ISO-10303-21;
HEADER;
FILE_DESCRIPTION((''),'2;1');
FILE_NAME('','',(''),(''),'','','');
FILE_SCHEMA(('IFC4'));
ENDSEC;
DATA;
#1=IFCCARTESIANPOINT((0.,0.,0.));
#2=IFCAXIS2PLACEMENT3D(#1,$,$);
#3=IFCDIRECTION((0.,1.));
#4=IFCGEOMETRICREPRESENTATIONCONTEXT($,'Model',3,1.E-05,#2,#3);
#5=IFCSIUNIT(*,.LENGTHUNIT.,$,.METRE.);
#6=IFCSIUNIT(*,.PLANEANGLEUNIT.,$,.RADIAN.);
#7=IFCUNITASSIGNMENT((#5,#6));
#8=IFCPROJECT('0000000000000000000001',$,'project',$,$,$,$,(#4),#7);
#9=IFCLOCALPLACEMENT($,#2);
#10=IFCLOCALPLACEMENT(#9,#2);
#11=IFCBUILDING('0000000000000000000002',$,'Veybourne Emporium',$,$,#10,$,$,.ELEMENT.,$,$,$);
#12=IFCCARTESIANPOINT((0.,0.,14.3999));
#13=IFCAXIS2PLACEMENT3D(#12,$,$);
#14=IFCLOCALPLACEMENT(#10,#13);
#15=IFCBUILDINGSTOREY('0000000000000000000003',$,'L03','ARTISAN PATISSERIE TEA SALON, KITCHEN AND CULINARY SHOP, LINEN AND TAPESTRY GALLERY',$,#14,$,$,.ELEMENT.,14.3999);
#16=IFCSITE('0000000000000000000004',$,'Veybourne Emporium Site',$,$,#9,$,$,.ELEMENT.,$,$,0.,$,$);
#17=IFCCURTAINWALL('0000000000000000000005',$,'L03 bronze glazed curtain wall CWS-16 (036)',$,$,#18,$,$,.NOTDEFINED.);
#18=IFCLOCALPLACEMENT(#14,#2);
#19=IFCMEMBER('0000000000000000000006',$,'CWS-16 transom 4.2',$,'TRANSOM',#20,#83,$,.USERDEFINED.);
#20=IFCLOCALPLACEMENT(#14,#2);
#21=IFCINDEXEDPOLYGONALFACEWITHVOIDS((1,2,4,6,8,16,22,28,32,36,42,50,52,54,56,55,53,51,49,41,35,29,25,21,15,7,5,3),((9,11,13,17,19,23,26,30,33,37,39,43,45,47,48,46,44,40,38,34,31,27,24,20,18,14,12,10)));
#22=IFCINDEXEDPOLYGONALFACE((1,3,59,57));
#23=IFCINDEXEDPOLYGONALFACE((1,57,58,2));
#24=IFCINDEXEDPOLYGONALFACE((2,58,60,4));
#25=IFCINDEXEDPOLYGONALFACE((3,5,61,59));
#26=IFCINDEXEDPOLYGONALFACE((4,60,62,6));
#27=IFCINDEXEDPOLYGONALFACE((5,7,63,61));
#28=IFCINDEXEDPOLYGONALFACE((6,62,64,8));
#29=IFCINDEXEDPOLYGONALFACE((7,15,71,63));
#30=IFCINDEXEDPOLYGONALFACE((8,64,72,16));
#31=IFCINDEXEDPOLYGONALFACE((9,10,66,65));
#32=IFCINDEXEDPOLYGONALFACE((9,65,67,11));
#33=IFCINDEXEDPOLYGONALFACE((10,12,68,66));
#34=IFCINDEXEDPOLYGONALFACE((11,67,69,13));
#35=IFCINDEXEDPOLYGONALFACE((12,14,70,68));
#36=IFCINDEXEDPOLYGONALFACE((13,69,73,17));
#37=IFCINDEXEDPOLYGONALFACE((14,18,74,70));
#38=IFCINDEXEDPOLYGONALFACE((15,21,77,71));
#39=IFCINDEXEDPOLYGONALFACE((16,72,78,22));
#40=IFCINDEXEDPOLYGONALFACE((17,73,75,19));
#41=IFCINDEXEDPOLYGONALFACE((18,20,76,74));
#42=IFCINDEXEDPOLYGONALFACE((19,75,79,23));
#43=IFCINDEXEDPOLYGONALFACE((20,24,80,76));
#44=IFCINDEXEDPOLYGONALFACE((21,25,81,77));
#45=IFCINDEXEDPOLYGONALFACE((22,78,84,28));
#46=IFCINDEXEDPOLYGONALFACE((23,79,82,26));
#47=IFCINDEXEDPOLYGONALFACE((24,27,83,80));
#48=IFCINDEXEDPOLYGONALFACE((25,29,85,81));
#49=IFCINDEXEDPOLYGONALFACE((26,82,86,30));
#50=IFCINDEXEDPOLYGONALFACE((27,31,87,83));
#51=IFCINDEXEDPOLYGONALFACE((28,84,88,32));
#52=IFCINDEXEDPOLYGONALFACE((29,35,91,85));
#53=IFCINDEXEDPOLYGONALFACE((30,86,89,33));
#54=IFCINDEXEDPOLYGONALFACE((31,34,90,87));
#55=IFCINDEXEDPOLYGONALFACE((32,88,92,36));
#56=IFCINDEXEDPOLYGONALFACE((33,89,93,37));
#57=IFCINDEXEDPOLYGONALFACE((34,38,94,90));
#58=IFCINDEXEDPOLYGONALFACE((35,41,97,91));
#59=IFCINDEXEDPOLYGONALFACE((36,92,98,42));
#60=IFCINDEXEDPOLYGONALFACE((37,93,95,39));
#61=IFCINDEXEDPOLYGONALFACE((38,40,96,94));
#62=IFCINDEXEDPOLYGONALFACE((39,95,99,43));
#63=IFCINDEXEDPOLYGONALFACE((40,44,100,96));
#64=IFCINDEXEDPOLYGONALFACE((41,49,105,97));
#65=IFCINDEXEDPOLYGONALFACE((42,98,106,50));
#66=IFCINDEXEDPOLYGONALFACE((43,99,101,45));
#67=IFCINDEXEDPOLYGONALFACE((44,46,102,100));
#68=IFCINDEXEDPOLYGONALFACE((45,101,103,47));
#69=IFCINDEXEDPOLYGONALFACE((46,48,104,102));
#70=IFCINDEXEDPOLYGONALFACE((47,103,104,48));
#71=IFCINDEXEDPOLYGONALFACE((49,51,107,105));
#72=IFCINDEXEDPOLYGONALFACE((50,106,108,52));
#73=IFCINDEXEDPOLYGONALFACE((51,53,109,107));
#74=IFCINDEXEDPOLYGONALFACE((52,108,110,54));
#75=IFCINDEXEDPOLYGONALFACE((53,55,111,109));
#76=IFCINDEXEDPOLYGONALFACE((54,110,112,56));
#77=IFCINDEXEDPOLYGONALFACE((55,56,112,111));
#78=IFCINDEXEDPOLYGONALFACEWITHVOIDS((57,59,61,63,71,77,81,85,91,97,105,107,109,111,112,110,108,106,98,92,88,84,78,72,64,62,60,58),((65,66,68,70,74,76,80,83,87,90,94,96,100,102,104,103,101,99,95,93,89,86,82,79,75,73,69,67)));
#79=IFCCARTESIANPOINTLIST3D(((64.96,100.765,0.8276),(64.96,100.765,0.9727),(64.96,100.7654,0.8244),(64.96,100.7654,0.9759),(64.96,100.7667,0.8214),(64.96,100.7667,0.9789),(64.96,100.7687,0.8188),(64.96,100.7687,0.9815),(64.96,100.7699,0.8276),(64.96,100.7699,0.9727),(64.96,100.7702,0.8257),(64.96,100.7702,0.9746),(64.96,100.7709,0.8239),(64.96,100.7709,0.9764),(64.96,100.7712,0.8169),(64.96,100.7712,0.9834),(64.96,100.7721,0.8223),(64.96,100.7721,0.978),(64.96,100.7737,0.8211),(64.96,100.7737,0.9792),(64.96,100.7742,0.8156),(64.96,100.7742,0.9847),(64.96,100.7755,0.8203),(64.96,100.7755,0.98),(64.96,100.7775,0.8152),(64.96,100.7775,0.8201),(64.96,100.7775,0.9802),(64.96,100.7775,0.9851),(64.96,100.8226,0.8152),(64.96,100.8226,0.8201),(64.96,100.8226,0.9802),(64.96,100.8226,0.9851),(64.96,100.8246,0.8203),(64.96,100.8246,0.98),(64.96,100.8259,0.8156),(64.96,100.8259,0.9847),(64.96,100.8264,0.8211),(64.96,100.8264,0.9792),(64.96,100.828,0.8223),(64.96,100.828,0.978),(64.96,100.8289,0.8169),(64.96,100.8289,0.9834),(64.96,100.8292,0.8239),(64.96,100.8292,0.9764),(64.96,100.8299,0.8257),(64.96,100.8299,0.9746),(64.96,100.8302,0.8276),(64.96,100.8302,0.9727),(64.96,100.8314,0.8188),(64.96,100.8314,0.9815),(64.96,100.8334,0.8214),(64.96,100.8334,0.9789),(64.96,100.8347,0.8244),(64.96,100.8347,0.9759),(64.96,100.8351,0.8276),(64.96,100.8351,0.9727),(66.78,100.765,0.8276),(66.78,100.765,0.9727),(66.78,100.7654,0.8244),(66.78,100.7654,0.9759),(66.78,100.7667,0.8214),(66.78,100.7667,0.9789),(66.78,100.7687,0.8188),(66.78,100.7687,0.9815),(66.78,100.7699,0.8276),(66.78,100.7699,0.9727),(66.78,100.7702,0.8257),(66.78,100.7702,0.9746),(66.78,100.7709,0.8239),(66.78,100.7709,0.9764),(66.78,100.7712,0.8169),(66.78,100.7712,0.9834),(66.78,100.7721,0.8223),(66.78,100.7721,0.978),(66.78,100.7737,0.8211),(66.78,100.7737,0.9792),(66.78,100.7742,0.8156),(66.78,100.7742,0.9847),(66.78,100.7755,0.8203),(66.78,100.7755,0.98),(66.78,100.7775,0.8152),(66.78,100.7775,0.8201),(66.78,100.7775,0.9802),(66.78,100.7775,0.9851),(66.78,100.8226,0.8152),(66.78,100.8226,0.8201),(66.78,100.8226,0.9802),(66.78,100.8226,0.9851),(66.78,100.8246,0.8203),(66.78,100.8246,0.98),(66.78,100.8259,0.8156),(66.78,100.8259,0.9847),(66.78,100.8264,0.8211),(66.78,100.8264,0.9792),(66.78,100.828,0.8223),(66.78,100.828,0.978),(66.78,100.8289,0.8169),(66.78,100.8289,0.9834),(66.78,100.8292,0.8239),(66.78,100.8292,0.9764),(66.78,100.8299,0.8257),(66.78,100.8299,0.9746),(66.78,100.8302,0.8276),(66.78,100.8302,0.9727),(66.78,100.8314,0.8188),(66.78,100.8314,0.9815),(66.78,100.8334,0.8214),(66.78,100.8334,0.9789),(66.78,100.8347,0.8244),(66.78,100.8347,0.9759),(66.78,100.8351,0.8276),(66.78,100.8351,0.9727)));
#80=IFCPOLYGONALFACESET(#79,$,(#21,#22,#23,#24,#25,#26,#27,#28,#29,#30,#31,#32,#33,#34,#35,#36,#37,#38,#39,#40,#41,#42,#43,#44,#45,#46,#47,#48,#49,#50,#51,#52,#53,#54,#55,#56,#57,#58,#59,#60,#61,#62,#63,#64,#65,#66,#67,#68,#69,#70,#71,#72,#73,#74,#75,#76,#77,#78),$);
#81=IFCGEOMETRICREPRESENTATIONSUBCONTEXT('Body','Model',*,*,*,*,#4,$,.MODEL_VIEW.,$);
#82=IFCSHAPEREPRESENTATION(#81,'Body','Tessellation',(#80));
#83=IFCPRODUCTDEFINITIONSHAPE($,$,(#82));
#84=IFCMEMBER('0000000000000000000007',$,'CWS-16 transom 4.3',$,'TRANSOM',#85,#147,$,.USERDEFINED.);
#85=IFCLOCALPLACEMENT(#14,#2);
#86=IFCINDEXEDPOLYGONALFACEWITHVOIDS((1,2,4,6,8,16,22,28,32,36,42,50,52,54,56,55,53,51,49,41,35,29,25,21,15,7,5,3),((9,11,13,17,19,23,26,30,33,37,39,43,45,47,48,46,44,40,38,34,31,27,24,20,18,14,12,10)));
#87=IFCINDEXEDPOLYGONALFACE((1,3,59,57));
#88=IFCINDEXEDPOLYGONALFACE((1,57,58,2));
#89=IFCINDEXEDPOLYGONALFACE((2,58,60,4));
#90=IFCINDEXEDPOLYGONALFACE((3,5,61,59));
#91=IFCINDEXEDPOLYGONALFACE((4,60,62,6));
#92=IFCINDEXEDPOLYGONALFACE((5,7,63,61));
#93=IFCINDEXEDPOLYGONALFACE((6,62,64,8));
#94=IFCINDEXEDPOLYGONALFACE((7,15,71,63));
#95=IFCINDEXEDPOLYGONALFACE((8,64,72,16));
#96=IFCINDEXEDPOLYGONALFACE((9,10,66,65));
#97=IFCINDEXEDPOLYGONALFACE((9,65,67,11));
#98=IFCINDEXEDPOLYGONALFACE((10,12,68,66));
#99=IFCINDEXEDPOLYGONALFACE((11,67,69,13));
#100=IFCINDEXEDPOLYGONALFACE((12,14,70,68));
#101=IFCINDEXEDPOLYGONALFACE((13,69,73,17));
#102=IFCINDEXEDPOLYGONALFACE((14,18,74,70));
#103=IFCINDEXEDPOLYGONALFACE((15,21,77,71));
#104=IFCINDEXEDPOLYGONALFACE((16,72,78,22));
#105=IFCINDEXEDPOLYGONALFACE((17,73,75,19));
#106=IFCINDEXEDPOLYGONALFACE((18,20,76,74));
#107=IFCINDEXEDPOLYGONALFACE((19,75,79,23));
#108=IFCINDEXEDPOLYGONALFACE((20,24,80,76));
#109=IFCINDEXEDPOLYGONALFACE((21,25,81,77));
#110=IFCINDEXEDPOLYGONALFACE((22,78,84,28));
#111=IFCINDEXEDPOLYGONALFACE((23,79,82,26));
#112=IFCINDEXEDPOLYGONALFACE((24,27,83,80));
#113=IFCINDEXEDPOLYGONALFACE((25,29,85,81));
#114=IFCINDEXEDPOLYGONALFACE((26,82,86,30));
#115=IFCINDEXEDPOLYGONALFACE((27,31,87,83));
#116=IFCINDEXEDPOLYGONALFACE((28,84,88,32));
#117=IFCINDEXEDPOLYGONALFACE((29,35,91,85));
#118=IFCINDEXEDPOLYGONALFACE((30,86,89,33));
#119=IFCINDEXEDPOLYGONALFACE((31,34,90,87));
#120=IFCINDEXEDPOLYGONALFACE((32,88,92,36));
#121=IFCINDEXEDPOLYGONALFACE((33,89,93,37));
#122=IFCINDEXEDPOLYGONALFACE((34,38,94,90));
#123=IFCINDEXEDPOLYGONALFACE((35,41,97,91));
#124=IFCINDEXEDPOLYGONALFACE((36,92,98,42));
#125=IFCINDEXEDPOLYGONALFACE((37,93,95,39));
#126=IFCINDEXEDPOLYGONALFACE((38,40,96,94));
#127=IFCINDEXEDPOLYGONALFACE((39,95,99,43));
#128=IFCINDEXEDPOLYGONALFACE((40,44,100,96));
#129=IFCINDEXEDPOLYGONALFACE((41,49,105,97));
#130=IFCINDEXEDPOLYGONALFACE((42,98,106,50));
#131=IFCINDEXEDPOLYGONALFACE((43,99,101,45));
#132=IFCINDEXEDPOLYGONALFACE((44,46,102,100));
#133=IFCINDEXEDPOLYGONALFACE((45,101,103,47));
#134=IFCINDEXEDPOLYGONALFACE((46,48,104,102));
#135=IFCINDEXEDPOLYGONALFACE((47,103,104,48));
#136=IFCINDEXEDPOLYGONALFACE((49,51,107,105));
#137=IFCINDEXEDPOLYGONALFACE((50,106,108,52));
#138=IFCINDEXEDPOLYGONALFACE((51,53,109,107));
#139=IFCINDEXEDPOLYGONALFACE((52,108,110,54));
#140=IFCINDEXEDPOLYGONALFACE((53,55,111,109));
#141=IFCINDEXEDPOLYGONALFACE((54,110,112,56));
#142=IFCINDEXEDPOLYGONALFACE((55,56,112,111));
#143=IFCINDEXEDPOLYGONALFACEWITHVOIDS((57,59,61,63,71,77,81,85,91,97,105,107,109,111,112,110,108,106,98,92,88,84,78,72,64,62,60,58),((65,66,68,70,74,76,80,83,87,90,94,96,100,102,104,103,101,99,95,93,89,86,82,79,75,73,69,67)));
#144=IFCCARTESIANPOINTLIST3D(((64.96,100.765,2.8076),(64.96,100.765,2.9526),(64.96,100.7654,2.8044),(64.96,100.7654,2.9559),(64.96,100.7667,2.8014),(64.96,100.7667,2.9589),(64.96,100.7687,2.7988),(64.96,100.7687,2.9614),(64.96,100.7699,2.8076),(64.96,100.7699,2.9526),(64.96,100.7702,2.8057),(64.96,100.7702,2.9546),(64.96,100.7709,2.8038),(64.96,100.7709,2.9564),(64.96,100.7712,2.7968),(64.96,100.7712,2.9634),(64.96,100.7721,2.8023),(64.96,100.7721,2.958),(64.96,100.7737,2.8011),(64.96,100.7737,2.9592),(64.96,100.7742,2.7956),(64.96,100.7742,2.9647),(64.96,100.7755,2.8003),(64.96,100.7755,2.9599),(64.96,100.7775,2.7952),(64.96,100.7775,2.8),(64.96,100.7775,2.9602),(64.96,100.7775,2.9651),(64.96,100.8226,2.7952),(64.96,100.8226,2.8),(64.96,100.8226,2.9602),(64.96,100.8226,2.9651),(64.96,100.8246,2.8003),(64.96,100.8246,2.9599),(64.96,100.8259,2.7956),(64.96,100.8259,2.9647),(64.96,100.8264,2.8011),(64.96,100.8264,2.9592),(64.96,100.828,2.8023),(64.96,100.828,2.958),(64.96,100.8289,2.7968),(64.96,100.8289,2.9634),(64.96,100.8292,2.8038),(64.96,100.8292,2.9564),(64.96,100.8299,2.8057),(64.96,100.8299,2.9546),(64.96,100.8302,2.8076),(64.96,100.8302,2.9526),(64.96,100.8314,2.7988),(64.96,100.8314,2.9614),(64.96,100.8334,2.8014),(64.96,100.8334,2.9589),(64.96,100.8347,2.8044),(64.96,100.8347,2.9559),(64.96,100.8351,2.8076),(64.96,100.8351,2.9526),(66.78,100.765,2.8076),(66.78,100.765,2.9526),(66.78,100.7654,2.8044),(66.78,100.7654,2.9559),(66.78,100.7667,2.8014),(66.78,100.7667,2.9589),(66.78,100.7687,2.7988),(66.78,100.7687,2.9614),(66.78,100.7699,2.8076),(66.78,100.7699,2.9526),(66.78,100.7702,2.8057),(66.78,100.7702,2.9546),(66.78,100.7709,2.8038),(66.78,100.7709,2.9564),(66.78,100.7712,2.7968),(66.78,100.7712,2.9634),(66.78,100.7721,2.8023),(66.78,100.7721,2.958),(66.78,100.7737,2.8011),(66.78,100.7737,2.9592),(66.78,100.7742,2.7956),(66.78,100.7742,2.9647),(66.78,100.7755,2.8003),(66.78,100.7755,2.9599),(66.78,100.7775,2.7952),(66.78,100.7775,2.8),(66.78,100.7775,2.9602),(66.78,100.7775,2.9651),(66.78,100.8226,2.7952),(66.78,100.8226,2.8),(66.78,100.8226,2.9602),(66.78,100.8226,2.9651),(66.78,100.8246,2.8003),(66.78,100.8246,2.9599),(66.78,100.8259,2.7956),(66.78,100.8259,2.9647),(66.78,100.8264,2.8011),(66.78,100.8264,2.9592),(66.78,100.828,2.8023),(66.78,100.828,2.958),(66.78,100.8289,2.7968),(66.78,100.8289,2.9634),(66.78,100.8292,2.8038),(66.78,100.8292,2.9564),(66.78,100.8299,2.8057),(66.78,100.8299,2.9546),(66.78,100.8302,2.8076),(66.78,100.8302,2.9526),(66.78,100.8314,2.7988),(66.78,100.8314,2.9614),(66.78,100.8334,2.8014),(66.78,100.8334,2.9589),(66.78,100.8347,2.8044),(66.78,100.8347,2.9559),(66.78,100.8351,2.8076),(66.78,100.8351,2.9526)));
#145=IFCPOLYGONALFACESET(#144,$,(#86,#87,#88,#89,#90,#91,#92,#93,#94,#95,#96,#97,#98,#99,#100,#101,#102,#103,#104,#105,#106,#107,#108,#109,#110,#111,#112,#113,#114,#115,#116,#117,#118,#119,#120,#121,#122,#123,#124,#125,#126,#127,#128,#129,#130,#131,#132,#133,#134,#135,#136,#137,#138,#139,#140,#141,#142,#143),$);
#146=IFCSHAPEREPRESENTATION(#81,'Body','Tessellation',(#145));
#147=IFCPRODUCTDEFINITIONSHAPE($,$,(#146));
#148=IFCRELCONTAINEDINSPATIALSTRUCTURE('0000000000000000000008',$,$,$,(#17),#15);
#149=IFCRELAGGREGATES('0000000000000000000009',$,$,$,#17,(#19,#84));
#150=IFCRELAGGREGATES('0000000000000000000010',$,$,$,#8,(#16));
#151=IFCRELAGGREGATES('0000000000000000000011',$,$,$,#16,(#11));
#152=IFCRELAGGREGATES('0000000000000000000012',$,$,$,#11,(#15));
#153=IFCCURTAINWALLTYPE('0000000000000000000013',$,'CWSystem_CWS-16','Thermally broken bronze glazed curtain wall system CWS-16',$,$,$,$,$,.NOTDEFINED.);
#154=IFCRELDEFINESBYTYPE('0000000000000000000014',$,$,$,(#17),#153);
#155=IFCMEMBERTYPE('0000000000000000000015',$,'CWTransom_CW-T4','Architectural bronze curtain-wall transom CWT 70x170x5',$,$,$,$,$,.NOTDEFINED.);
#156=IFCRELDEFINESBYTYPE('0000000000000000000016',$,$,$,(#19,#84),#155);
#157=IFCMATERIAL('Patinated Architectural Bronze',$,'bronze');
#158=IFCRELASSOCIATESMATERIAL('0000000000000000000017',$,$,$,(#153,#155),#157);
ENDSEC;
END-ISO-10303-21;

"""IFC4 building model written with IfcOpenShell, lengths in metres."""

from ifc_helpers import new_model, si_unit, direction, frame, origin, origin_2d, place, context, subcontext, project, spatial, hollow_rectangle, extrude, material, material_profile, profile_set, type_object, element, aggregate, save


model = new_model("IFC4")

# Units and contexts
model_context = context("Model", 3, precision=1e-05, world=origin(), true_north=direction((0.0, 1.0)))
body_context = subcontext(model_context, "Body", "Model", "MODEL_VIEW")
ifc_project = project(units=[si_unit("LENGTHUNIT", "METRE"), si_unit("PLANEANGLEUNIT", "RADIAN")], contexts=[model_context])

# Site, building, storey
site_placement = place(None, origin())
site = spatial("IfcSite", under=ifc_project, at=site_placement, Name="Veybourne Emporium Site", CompositionType="ELEMENT", RefElevation=0.0)
building_placement = place(site_placement, origin())
building = spatial("IfcBuilding", under=site, at=building_placement, Name="Veybourne Emporium", CompositionType="ELEMENT")
storey_placement = place(building_placement, frame((0.0, 0.0, 14.3999)))
storey = spatial("IfcBuildingStorey", under=building, at=storey_placement, Name="L03", Description="ARTISAN PATISSERIE TEA SALON, KITCHEN AND CULINARY SHOP, LINEN AND TAPESTRY GALLERY", CompositionType="ELEMENT", Elevation=14.3999)

# Curtain wall, members
ifc_material_1 = material(Name="Patinated Architectural Bronze", Category="bronze")
curtain_wall_type = type_object("IfcCurtainWallType", Name="CWSystem_CWS-16", Description="Thermally broken bronze glazed curtain wall system CWS-16", PredefinedType="NOTDEFINED", material=ifc_material_1)
curtain_wall_placement = place(storey_placement, origin())
curtain_wall = element("IfcCurtainWall", 1, at=curtain_wall_placement, inside=storey, type_object=curtain_wall_type, Name="L03 bronze glazed curtain wall CWS-16 (036)", PredefinedType="NOTDEFINED")
ifc_material_profile_1 = material_profile(ifc_material_1, hollow_rectangle(XDim=0.0701, YDim=0.1699, WallThickness=0.0049, InnerFilletRadius=0.0076, OuterFilletRadius=0.0125, at=origin_2d()), Name="CWT 70x170x5")
ifc_profile_set_1 = profile_set([ifc_material_profile_1], Name="Patinated Architectural Bronze")
member_type_1 = type_object("IfcMemberType", Name="CWTransom_CW-T4", Description="Architectural bronze curtain-wall transom CWT 70x170x5", PredefinedType="NOTDEFINED", material=ifc_profile_set_1)
member_1_placement = place(storey_placement, frame((64.96, 100.8, 0.9001), z_axis=(1.0, 0.0, 0.0), x_axis=(0.0, 1.0, 0.0)))
member_1 = element("IfcMember", 2, at=member_1_placement, type_object=member_type_1, Name="CWS-16 transom 4.2", ObjectType="TRANSOM", PredefinedType="USERDEFINED", context=body_context, shape_type="SweptSolid", body=[
    extrude(hollow_rectangle(XDim=0.0701, YDim=0.1699, WallThickness=0.0049, InnerFilletRadius=0.0076, OuterFilletRadius=0.0125, at=origin_2d()), origin(), (0.0, 0.0, 1.0), 1.8201),
])
member_2_placement = place(storey_placement, frame((64.96, 100.8, 2.8801), z_axis=(1.0, 0.0, 0.0), x_axis=(0.0, 1.0, 0.0)))
member_2 = element("IfcMember", 3, at=member_2_placement, type_object=member_type_1, Name="CWS-16 transom 4.3", ObjectType="TRANSOM", PredefinedType="USERDEFINED", context=body_context, shape_type="SweptSolid", body=[
    extrude(hollow_rectangle(XDim=0.0701, YDim=0.1699, WallThickness=0.0049, InnerFilletRadius=0.0076, OuterFilletRadius=0.0125, at=origin_2d()), origin(), (0.0, 0.0, 1.0), 1.8201),
])

aggregate(curtain_wall, [member_1, member_2])

save(model, "model.ifc")
